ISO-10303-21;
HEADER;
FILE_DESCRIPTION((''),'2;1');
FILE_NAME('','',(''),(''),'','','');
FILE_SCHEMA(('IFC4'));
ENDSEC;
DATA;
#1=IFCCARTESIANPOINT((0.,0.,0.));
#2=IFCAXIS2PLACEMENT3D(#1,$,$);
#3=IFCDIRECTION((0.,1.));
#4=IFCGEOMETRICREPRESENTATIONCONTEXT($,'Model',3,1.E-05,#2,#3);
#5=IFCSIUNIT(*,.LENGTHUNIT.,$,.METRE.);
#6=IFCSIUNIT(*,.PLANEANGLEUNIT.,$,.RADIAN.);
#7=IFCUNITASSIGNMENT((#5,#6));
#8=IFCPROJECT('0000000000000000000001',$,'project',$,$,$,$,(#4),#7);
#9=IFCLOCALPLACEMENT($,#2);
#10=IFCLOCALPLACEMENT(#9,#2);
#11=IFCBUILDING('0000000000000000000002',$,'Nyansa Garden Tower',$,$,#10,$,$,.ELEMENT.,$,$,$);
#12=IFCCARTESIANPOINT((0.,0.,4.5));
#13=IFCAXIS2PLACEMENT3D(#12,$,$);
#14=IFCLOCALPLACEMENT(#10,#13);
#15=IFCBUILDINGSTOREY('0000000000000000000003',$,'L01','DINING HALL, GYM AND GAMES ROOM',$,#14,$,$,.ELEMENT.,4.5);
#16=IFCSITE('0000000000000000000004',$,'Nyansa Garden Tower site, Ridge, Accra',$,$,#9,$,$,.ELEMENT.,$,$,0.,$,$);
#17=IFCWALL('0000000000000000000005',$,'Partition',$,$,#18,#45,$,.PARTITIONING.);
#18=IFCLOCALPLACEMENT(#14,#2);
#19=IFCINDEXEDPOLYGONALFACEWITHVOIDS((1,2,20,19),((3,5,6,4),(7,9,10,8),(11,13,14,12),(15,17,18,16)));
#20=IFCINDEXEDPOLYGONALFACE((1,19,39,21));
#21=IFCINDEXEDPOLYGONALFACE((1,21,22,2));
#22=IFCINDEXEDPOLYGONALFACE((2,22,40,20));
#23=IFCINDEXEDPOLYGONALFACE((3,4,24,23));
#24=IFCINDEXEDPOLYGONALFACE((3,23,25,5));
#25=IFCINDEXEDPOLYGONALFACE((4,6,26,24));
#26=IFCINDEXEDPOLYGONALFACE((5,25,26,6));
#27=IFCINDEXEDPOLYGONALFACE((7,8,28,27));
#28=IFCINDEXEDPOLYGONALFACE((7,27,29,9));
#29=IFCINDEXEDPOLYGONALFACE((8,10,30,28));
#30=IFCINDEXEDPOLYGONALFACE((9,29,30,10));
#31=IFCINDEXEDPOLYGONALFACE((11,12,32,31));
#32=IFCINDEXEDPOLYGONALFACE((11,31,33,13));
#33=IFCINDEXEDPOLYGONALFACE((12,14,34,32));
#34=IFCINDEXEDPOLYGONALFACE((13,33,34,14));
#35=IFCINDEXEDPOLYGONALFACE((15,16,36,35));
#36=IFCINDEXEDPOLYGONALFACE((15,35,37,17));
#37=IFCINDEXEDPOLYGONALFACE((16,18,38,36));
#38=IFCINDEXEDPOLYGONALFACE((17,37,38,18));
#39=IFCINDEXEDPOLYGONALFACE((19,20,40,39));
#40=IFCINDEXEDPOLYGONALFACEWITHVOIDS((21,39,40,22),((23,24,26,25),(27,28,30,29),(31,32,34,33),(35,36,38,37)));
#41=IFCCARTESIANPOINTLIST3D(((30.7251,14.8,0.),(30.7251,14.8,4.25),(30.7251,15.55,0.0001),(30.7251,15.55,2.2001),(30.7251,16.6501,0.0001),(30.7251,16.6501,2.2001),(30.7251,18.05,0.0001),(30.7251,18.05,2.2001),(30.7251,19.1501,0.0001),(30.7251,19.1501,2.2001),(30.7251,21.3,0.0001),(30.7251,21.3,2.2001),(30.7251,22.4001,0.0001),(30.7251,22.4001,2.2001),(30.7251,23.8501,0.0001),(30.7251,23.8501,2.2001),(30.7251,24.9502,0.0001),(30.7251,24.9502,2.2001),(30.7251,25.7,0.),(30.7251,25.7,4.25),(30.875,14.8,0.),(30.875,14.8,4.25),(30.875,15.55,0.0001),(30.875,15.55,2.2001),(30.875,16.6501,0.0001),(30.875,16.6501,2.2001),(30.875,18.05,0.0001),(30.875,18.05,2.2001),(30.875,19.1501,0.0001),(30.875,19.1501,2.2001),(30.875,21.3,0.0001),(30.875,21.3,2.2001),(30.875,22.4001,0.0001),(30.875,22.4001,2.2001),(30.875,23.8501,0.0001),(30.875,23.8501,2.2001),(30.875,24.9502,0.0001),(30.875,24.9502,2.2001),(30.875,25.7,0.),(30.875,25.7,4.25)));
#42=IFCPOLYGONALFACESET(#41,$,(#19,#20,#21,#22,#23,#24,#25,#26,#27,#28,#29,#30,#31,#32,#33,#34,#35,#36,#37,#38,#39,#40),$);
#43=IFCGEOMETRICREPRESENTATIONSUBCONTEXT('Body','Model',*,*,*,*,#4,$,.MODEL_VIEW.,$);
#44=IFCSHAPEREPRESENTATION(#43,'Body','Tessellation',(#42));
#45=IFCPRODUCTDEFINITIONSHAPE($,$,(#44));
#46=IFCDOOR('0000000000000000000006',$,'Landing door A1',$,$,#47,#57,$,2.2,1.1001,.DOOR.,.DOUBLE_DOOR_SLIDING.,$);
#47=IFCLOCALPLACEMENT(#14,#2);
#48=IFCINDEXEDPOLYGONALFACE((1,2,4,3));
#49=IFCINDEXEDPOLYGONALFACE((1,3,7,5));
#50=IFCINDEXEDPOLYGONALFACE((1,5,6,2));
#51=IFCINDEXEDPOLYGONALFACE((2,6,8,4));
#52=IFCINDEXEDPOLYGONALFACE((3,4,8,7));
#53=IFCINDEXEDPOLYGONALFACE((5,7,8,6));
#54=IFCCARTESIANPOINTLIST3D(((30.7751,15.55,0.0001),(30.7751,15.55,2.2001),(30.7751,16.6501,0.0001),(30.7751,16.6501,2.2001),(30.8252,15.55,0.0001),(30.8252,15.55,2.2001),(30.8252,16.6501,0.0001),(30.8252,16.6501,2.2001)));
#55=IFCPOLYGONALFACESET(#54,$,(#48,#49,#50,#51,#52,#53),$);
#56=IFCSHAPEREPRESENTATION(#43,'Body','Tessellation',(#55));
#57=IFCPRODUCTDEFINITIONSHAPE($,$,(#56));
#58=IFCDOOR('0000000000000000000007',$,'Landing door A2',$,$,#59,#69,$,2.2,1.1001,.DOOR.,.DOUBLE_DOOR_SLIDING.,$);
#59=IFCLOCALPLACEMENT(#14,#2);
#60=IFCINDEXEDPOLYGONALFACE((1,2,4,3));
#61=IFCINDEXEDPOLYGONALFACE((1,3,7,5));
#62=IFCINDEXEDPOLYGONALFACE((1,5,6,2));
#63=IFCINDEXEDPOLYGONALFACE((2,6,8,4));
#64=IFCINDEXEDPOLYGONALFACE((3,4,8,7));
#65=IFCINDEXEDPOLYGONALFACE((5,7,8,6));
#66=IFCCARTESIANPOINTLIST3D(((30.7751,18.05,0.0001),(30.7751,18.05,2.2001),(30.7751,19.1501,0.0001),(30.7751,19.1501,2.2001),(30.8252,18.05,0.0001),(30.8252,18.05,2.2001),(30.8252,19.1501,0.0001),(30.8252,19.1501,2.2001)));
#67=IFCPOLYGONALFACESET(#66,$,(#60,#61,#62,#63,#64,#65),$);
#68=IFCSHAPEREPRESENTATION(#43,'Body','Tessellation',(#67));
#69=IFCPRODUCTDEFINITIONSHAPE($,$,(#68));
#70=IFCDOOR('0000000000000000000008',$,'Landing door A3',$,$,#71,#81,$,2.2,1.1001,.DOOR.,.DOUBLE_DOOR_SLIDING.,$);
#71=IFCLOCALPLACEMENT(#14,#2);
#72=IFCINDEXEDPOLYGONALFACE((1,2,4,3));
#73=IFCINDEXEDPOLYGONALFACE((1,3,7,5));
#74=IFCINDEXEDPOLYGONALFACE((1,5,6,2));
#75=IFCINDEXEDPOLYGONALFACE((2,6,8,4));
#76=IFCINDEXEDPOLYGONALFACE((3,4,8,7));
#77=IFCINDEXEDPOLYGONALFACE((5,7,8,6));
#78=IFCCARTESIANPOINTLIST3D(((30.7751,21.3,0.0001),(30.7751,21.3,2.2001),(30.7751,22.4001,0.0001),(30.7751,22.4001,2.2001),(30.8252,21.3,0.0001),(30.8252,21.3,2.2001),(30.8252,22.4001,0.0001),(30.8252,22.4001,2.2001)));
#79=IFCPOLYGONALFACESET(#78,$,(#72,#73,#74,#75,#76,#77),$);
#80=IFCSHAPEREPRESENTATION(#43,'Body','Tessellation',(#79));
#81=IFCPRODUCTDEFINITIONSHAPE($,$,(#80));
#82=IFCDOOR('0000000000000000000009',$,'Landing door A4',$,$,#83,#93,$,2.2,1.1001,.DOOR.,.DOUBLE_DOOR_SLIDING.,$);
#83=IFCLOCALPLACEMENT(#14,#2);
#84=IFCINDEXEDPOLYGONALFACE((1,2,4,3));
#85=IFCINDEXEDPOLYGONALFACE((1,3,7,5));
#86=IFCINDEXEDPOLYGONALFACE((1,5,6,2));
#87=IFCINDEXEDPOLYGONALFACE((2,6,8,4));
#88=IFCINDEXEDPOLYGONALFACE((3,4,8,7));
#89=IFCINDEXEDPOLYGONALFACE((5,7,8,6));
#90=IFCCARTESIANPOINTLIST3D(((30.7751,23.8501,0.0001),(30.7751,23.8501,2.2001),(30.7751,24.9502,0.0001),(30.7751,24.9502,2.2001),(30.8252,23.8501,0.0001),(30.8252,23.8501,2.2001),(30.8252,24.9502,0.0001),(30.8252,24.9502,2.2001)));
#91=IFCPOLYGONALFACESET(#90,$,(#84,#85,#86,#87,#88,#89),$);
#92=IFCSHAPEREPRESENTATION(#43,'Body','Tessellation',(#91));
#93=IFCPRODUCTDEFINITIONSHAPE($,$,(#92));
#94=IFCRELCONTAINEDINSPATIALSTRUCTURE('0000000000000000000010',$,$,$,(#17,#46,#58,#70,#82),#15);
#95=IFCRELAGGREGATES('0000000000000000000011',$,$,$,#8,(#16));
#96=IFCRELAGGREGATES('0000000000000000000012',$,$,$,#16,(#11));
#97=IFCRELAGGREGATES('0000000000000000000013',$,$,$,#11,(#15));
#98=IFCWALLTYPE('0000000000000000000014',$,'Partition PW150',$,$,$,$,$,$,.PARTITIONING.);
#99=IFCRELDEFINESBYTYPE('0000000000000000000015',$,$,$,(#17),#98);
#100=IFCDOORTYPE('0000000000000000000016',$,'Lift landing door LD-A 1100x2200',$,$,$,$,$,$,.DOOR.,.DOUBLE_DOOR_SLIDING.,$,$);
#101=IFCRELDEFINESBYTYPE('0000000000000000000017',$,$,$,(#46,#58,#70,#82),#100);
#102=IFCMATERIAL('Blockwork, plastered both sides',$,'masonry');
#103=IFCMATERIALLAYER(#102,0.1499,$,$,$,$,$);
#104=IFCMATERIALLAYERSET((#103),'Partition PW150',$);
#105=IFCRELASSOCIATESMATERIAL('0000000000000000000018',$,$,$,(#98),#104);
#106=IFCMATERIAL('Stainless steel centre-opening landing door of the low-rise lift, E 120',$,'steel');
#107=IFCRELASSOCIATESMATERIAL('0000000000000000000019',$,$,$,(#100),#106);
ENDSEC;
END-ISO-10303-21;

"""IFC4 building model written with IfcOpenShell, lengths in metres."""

from ifc_helpers import new_model, si_unit, direction, frame, frame_2d, origin, place, context, subcontext, project, spatial, rectangle, extrude, material, layer, layer_set, type_object, element, fill, save


model = new_model("IFC4")

# Units and contexts
model_context = context("Model", 3, precision=1e-05, world=origin(), true_north=direction((0.0, 1.0)))
body_context = subcontext(model_context, "Body", "Model", "MODEL_VIEW")
ifc_project = project(units=[si_unit("LENGTHUNIT", "METRE"), si_unit("PLANEANGLEUNIT", "RADIAN")], contexts=[model_context])

# Site, building, storey
site_placement = place(None, origin())
site = spatial("IfcSite", under=ifc_project, at=site_placement, Name="Nyansa Garden Tower site, Ridge, Accra", CompositionType="ELEMENT", RefElevation=0.0)
building_placement = place(site_placement, origin())
building = spatial("IfcBuilding", under=site, at=building_placement, Name="Nyansa Garden Tower", CompositionType="ELEMENT")
storey_placement = place(building_placement, frame((0.0, 0.0, 4.5)))
storey = spatial("IfcBuildingStorey", under=building, at=storey_placement, Name="L01", Description="DINING HALL, GYM AND GAMES ROOM", CompositionType="ELEMENT", Elevation=4.5)

# Shared definitions
ifc_material_1 = material(Name="Blockwork, plastered both sides", Category="masonry")
ifc_layer_1 = layer(ifc_material_1, 0.1499)
ifc_layer_set_1 = layer_set([ifc_layer_1], Name="Partition PW150")
wall_type_1 = type_object("IfcWallType", Name="Partition PW150", PredefinedType="PARTITIONING", material=ifc_layer_set_1)

# Wall, openings, doors
wall_1_placement = place(storey_placement, frame((30.8, 14.8, 0.0), z_axis=(0.0, 0.0, 1.0), x_axis=(0.0, 1.0, 0.0)))
wall_1 = element("IfcWall", 1, at=wall_1_placement, inside=storey, type_object=wall_type_1, Name="Partition", PredefinedType="PARTITIONING", context=body_context, shape_type="SweptSolid", body=[
    extrude(rectangle(XDim=10.8999, YDim=0.1499, at=frame_2d((5.45, 0.0))), origin(), (0.0, 0.0, 1.0), 4.25),
])
opening_1_placement = place(wall_1_placement, frame((0.75, 0.0, 0.0)))
opening_1 = element("IfcOpeningElement", 2, at=opening_1_placement, cuts=wall_1, PredefinedType="OPENING", context=body_context, shape_type="SweptSolid", body=[
    extrude(rectangle(XDim=1.1001, YDim=2.2, at=frame_2d((0.55, 1.1001))), frame((0.0, 0.085, 0.0), z_axis=(0.0, -1.0, 0.0), x_axis=(1.0, 0.0, 0.0)), (0.0, 0.0, 1.0), 0.1699),
])
opening_2_placement = place(wall_1_placement, frame((3.25, 0.0, 0.0)))
opening_2 = element("IfcOpeningElement", 3, at=opening_2_placement, cuts=wall_1, PredefinedType="OPENING", context=body_context, shape_type="SweptSolid", body=[
    extrude(rectangle(XDim=1.1001, YDim=2.2, at=frame_2d((0.55, 1.1001))), frame((0.0, 0.085, 0.0), z_axis=(0.0, -1.0, 0.0), x_axis=(1.0, 0.0, 0.0)), (0.0, 0.0, 1.0), 0.1699),
])
opening_3_placement = place(wall_1_placement, frame((6.5, 0.0, 0.0)))
opening_3 = element("IfcOpeningElement", 4, at=opening_3_placement, cuts=wall_1, PredefinedType="OPENING", context=body_context, shape_type="SweptSolid", body=[
    extrude(rectangle(XDim=1.1001, YDim=2.2, at=frame_2d((0.55, 1.1001))), frame((0.0, 0.085, 0.0), z_axis=(0.0, -1.0, 0.0), x_axis=(1.0, 0.0, 0.0)), (0.0, 0.0, 1.0), 0.1699),
])
opening_4_placement = place(wall_1_placement, frame((9.05, 0.0, 0.0)))
opening_4 = element("IfcOpeningElement", 5, at=opening_4_placement, cuts=wall_1, PredefinedType="OPENING", context=body_context, shape_type="SweptSolid", body=[
    extrude(rectangle(XDim=1.1001, YDim=2.2, at=frame_2d((0.55, 1.1001))), frame((0.0, 0.085, 0.0), z_axis=(0.0, -1.0, 0.0), x_axis=(1.0, 0.0, 0.0)), (0.0, 0.0, 1.0), 0.1699),
])
ifc_material_2 = material(Name="Stainless steel centre-opening landing door of the low-rise lift, E 120", Category="steel")
door_type_1 = type_object("IfcDoorType", Name="Lift landing door LD-A 1100x2200", OperationType="DOUBLE_DOOR_SLIDING", PredefinedType="DOOR", material=ifc_material_2)
door_1_placement = place(opening_1_placement, origin())
door_1 = element("IfcDoor", 6, at=door_1_placement, inside=storey, type_object=door_type_1, Name="Landing door A1", OperationType="DOUBLE_DOOR_SLIDING", OverallHeight=2.2, OverallWidth=1.1001, PredefinedType="DOOR", context=body_context, shape_type="SweptSolid", body=[
    extrude(rectangle(XDim=1.1001, YDim=2.2, at=frame_2d((0.55, 1.1001))), frame((0.0, 0.0249, 0.0), z_axis=(0.0, -1.0, 0.0), x_axis=(1.0, 0.0, 0.0)), (0.0, 0.0, 1.0), 0.05),
])
fill(opening_1, door_1)
door_2_placement = place(opening_2_placement, origin())
door_2 = element("IfcDoor", 7, at=door_2_placement, inside=storey, type_object=door_type_1, Name="Landing door A2", OperationType="DOUBLE_DOOR_SLIDING", OverallHeight=2.2, OverallWidth=1.1001, PredefinedType="DOOR", context=body_context, shape_type="SweptSolid", body=[
    extrude(rectangle(XDim=1.1001, YDim=2.2, at=frame_2d((0.55, 1.1001))), frame((0.0, 0.0249, 0.0), z_axis=(0.0, -1.0, 0.0), x_axis=(1.0, 0.0, 0.0)), (0.0, 0.0, 1.0), 0.05),
])
fill(opening_2, door_2)
door_3_placement = place(opening_3_placement, origin())
door_3 = element("IfcDoor", 8, at=door_3_placement, inside=storey, type_object=door_type_1, Name="Landing door A3", OperationType="DOUBLE_DOOR_SLIDING", OverallHeight=2.2, OverallWidth=1.1001, PredefinedType="DOOR", context=body_context, shape_type="SweptSolid", body=[
    extrude(rectangle(XDim=1.1001, YDim=2.2, at=frame_2d((0.55, 1.1001))), frame((0.0, 0.0249, 0.0), z_axis=(0.0, -1.0, 0.0), x_axis=(1.0, 0.0, 0.0)), (0.0, 0.0, 1.0), 0.05),
])
fill(opening_3, door_3)
door_4_placement = place(opening_4_placement, origin())
door_4 = element("IfcDoor", 9, at=door_4_placement, inside=storey, type_object=door_type_1, Name="Landing door A4", OperationType="DOUBLE_DOOR_SLIDING", OverallHeight=2.2, OverallWidth=1.1001, PredefinedType="DOOR", context=body_context, shape_type="SweptSolid", body=[
    extrude(rectangle(XDim=1.1001, YDim=2.2, at=frame_2d((0.55, 1.1001))), frame((0.0, 0.0249, 0.0), z_axis=(0.0, -1.0, 0.0), x_axis=(1.0, 0.0, 0.0)), (0.0, 0.0, 1.0), 0.05),
])
fill(opening_4, door_4)

save(model, "model.ifc")
